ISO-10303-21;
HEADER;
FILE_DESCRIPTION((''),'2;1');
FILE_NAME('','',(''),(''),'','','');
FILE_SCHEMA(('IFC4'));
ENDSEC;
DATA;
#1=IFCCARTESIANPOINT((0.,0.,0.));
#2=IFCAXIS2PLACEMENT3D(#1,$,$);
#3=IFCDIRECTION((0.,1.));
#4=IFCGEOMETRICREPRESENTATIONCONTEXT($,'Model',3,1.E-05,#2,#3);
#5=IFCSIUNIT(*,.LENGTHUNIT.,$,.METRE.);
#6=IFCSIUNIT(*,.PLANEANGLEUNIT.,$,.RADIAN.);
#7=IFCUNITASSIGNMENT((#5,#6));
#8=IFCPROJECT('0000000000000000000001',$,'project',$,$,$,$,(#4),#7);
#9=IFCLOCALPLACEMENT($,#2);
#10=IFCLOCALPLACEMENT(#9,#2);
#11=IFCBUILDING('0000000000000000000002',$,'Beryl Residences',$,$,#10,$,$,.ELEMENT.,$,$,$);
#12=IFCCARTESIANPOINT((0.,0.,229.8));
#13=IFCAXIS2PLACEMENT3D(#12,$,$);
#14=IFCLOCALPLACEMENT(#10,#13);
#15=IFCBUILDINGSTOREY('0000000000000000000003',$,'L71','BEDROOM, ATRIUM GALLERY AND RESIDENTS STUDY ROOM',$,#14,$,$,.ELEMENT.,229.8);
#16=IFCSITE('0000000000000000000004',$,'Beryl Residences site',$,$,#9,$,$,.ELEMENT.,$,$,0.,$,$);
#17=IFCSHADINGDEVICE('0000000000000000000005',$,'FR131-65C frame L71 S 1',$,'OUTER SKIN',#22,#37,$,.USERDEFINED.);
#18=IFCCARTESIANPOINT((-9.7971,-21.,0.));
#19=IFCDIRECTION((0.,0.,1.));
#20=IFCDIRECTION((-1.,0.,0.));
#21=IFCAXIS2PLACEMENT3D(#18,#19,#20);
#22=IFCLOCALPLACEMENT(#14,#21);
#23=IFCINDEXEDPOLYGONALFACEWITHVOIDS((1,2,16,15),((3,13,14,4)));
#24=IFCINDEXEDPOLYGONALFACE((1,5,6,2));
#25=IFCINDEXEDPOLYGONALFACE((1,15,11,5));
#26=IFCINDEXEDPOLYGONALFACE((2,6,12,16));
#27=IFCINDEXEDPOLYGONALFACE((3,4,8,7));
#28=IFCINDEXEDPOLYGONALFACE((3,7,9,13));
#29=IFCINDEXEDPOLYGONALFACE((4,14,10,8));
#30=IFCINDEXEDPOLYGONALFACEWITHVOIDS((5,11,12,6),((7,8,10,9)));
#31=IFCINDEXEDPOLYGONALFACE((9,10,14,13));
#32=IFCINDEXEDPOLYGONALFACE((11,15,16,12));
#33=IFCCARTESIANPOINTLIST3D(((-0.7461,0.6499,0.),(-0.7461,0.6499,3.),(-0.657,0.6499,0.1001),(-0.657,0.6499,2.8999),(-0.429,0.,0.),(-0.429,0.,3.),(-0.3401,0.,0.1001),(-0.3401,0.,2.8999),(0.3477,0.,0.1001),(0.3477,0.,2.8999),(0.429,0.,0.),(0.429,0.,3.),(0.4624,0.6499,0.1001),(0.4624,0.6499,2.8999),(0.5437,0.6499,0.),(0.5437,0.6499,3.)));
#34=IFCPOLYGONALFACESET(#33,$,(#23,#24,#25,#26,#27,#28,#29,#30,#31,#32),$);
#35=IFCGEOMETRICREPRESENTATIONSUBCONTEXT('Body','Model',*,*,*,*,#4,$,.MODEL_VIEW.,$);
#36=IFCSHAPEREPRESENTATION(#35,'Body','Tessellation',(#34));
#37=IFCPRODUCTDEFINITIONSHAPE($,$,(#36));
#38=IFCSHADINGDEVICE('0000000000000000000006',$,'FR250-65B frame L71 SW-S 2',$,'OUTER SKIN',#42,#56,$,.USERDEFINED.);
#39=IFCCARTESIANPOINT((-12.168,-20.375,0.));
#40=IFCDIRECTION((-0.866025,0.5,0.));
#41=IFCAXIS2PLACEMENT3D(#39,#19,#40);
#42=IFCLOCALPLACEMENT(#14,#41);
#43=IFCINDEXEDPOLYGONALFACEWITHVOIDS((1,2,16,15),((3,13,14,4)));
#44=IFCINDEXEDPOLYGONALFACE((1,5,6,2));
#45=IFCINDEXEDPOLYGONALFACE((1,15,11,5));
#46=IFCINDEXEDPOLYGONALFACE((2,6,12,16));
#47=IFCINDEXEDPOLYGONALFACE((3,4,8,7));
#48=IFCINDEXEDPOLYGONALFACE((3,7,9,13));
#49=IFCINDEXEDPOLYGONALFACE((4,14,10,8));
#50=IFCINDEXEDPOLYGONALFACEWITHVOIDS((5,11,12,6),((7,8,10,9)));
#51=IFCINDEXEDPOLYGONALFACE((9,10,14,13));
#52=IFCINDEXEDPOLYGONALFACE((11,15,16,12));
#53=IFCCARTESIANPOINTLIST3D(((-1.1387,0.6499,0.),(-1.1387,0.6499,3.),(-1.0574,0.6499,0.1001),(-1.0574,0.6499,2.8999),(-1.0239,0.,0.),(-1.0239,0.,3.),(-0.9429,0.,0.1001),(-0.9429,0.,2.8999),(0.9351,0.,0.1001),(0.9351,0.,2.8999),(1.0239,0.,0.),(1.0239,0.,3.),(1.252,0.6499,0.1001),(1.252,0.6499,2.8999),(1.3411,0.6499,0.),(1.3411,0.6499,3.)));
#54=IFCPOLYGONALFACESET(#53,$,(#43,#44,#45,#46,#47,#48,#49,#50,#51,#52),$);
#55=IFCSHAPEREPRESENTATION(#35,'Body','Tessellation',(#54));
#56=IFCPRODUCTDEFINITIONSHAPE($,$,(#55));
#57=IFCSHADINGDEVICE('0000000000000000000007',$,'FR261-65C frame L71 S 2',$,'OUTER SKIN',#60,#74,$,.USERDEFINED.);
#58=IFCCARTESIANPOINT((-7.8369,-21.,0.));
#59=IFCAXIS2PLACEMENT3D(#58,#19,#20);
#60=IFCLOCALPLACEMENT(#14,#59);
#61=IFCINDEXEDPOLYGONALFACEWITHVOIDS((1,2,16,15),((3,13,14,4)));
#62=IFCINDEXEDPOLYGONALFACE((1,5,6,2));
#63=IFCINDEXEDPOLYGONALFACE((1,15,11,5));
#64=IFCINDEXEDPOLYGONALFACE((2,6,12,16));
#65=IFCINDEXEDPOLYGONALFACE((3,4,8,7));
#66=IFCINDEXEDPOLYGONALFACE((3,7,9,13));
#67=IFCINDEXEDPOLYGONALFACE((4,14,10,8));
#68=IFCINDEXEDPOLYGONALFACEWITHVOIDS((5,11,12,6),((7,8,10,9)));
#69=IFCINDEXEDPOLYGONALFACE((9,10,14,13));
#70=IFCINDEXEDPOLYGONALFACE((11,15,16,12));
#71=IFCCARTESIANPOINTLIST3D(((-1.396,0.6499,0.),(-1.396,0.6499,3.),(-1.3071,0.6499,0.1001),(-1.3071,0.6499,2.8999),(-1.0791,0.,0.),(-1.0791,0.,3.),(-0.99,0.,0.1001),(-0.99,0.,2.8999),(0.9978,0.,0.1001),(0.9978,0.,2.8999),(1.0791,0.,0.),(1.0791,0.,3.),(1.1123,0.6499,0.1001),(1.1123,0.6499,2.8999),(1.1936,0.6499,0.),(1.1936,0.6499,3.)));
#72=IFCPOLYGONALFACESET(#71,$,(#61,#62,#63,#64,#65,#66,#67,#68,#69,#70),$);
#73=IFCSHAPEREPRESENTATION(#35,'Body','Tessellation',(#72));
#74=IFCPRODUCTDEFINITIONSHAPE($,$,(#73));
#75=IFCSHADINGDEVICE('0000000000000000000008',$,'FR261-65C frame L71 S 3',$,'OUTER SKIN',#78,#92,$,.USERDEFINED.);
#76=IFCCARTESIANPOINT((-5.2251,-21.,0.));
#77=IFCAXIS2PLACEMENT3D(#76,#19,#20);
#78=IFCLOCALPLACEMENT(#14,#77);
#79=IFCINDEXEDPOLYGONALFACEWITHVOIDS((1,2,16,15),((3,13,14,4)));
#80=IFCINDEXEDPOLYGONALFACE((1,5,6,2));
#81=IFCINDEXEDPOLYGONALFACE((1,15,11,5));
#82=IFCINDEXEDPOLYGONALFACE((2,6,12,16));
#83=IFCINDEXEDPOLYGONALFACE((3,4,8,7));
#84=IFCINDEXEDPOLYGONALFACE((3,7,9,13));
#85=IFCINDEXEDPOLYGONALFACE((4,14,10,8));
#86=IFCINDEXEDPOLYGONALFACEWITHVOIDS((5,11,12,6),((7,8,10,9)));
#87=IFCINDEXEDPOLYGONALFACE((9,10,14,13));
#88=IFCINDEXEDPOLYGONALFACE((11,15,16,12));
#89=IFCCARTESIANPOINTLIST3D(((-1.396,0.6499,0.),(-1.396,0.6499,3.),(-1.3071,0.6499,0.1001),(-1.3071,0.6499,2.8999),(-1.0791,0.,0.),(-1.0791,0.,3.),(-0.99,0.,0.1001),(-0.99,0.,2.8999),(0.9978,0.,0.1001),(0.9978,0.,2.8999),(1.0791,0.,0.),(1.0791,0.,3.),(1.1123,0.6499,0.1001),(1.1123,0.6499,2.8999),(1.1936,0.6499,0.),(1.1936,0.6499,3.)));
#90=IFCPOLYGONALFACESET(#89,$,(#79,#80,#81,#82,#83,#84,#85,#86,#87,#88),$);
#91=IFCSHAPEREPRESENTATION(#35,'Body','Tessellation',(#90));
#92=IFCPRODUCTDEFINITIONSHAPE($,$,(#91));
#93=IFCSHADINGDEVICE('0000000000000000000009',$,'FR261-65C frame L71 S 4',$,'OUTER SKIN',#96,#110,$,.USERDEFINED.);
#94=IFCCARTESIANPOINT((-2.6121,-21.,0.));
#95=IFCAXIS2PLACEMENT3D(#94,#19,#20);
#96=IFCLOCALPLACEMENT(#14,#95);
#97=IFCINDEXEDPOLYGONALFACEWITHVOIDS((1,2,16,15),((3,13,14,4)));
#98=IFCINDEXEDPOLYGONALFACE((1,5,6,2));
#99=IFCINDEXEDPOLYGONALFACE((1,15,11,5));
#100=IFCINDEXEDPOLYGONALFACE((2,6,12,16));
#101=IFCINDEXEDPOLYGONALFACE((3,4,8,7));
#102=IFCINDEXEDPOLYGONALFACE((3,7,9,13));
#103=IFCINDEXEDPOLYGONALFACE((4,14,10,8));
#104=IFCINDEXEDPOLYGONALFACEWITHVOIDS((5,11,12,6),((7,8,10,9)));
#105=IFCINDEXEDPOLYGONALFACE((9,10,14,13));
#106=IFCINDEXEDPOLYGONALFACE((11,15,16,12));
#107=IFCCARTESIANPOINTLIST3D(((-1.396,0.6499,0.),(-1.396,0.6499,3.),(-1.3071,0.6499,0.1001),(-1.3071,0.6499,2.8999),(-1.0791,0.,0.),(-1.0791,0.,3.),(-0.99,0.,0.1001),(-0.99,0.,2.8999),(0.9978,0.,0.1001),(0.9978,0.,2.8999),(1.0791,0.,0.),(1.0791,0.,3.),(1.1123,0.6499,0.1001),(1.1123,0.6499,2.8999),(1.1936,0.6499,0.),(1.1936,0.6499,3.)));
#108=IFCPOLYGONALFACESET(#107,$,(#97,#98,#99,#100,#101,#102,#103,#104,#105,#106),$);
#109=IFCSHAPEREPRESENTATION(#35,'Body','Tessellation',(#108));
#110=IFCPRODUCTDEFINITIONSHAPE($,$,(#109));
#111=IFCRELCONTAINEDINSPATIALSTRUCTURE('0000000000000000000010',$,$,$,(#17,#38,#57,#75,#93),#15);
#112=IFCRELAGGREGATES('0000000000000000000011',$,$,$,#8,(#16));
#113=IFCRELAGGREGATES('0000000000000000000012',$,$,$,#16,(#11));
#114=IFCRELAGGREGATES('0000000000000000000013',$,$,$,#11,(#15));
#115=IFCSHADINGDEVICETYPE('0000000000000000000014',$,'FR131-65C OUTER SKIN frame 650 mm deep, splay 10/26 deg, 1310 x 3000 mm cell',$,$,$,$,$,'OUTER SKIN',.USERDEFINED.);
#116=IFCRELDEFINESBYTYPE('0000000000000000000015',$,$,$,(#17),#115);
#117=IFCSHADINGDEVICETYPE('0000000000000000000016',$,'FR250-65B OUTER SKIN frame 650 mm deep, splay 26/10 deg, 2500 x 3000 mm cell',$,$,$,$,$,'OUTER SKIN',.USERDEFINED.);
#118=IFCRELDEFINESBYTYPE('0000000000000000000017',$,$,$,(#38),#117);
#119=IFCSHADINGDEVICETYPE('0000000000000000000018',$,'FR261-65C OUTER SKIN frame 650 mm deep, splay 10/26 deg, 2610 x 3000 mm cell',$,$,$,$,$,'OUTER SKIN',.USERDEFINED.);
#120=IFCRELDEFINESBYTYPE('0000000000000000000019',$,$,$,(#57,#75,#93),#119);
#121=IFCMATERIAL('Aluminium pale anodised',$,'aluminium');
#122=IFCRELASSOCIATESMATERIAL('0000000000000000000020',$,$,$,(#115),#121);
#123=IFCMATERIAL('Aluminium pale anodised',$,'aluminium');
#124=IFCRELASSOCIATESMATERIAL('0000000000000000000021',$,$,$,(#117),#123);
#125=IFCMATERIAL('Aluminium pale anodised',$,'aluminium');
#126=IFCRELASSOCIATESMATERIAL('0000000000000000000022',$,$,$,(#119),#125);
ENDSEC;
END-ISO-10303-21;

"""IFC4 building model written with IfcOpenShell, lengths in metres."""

from ifc_helpers import new_model, entity, si_unit, direction, frame, origin, place, context, subcontext, project, spatial, source, transform, mapped, material, type_object, type_shapes, element, save


model = new_model("IFC4")

# Units and contexts
model_context = context("Model", 3, precision=1e-05, world=origin(), true_north=direction((0.0, 1.0)))
body_context = subcontext(model_context, "Body", "Model", "MODEL_VIEW")
ifc_project = project(units=[si_unit("LENGTHUNIT", "METRE"), si_unit("PLANEANGLEUNIT", "RADIAN")], contexts=[model_context])

# Site, building, storey
site_placement = place(None, origin())
site = spatial("IfcSite", under=ifc_project, at=site_placement, Name="Beryl Residences site", CompositionType="ELEMENT", RefElevation=0.0)
building_placement = place(site_placement, origin())
building = spatial("IfcBuilding", under=site, at=building_placement, Name="Beryl Residences", CompositionType="ELEMENT")
storey_placement = place(building_placement, frame((0.0, 0.0, 229.8)))
storey = spatial("IfcBuildingStorey", under=building, at=storey_placement, Name="L71", Description="BEDROOM, ATRIUM GALLERY AND RESIDENTS STUDY ROOM", CompositionType="ELEMENT", Elevation=229.8)

# Shading devices
ifc_material_1 = material(Name="Aluminium pale anodised", Category="aluminium")
shading_device_type_1 = type_object("IfcShadingDeviceType", Name="FR131-65C OUTER SKIN frame 650 mm deep, splay 10/26 deg, 1310 x 3000 mm cell", ElementType="OUTER SKIN", PredefinedType="USERDEFINED", material=ifc_material_1)
cartesian_point_1 = entity("IfcCartesianPoint", [-0.429, 0.0])
cartesian_point_2 = entity("IfcCartesianPoint", [-0.3477, 0.1001])
cartesian_point_3 = entity("IfcCartesianPoint", [-0.5437, 0.0])
cartesian_point_4 = entity("IfcCartesianPoint", [-0.4624, 0.1001])
shared_shape_1 = source(origin(), body_context, "Body", "SweptSolid", [
    entity("IfcExtrudedAreaSolidTapered", entity("IfcArbitraryProfileDefWithVoids", "AREA", None, entity("IfcPolyline", [cartesian_point_1, entity("IfcCartesianPoint", [0.429, 0.0]), entity("IfcCartesianPoint", [0.429, 3.0]), entity("IfcCartesianPoint", [-0.429, 3.0]), cartesian_point_1]), [entity("IfcPolyline", [cartesian_point_2, entity("IfcCartesianPoint", [0.3401, 0.1001]), entity("IfcCartesianPoint", [0.3401, 2.8999]), entity("IfcCartesianPoint", [-0.3477, 2.8999]), cartesian_point_2])]), entity("IfcAxis2Placement3D", entity("IfcCartesianPoint", [0.0, 0.0, 0.0]), entity("IfcDirection", [0.0, 1.0, 0.0]), entity("IfcDirection", [-1.0, 0.0, 0.0])), entity("IfcDirection", [0.0, 0.0, 1.0]), 0.6499, entity("IfcArbitraryProfileDefWithVoids", "AREA", None, entity("IfcPolyline", [cartesian_point_3, entity("IfcCartesianPoint", [0.7461, 0.0]), entity("IfcCartesianPoint", [0.7461, 3.0]), entity("IfcCartesianPoint", [-0.5437, 3.0]), cartesian_point_3]), [entity("IfcPolyline", [cartesian_point_4, entity("IfcCartesianPoint", [0.657, 0.1001]), entity("IfcCartesianPoint", [0.657, 2.8999]), entity("IfcCartesianPoint", [-0.4624, 2.8999]), cartesian_point_4])])),
])
type_shapes(shading_device_type_1, [shared_shape_1])
shading_device_1_placement = place(storey_placement, frame((-9.7971, -21.0, 0.0), z_axis=(0.0, 0.0, 1.0), x_axis=(-1.0, 0.0, 0.0)))
element("IfcShadingDevice", 1, at=shading_device_1_placement, inside=storey, type_object=shading_device_type_1, Name="FR131-65C frame L71 S 1", ObjectType="OUTER SKIN", PredefinedType="USERDEFINED", context=body_context, shape_type="MappedRepresentation", body=[
    mapped(shared_shape_1, transform((0.0, 0.0, 0.0))),
])
ifc_material_2 = material(Name="Aluminium pale anodised", Category="aluminium")
shading_device_type_2 = type_object("IfcShadingDeviceType", Name="FR250-65B OUTER SKIN frame 650 mm deep, splay 26/10 deg, 2500 x 3000 mm cell", ElementType="OUTER SKIN", PredefinedType="USERDEFINED", material=ifc_material_2)
cartesian_point_5 = entity("IfcCartesianPoint", [-1.0239, 0.0])
cartesian_point_6 = entity("IfcCartesianPoint", [-0.9351, 0.1001])
cartesian_point_7 = entity("IfcCartesianPoint", [-1.3411, 0.0])
cartesian_point_8 = entity("IfcCartesianPoint", [-1.252, 0.1001])
shared_shape_2 = source(origin(), body_context, "Body", "SweptSolid", [
    entity("IfcExtrudedAreaSolidTapered", entity("IfcArbitraryProfileDefWithVoids", "AREA", None, entity("IfcPolyline", [cartesian_point_5, entity("IfcCartesianPoint", [1.0239, 0.0]), entity("IfcCartesianPoint", [1.0239, 3.0]), entity("IfcCartesianPoint", [-1.0239, 3.0]), cartesian_point_5]), [entity("IfcPolyline", [cartesian_point_6, entity("IfcCartesianPoint", [0.9429, 0.1001]), entity("IfcCartesianPoint", [0.9429, 2.8999]), entity("IfcCartesianPoint", [-0.9351, 2.8999]), cartesian_point_6])]), entity("IfcAxis2Placement3D", entity("IfcCartesianPoint", [0.0, 0.0, 0.0]), entity("IfcDirection", [0.0, 1.0, 0.0]), entity("IfcDirection", [-1.0, 0.0, 0.0])), entity("IfcDirection", [0.0, 0.0, 1.0]), 0.6499, entity("IfcArbitraryProfileDefWithVoids", "AREA", None, entity("IfcPolyline", [cartesian_point_7, entity("IfcCartesianPoint", [1.1387, 0.0]), entity("IfcCartesianPoint", [1.1387, 3.0]), entity("IfcCartesianPoint", [-1.3411, 3.0]), cartesian_point_7]), [entity("IfcPolyline", [cartesian_point_8, entity("IfcCartesianPoint", [1.0574, 0.1001]), entity("IfcCartesianPoint", [1.0574, 2.8999]), entity("IfcCartesianPoint", [-1.252, 2.8999]), cartesian_point_8])])),
])
type_shapes(shading_device_type_2, [shared_shape_2])
shading_device_2_placement = place(storey_placement, frame((-12.168, -20.375, 0.0), z_axis=(0.0, 0.0, 1.0), x_axis=(-0.866025, 0.5, 0.0)))
element("IfcShadingDevice", 2, at=shading_device_2_placement, inside=storey, type_object=shading_device_type_2, Name="FR250-65B frame L71 SW-S 2", ObjectType="OUTER SKIN", PredefinedType="USERDEFINED", context=body_context, shape_type="MappedRepresentation", body=[
    mapped(shared_shape_2, transform((0.0, 0.0, 0.0))),
])
ifc_material_3 = material(Name="Aluminium pale anodised", Category="aluminium")
shading_device_type_3 = type_object("IfcShadingDeviceType", Name="FR261-65C OUTER SKIN frame 650 mm deep, splay 10/26 deg, 2610 x 3000 mm cell", ElementType="OUTER SKIN", PredefinedType="USERDEFINED", material=ifc_material_3)
cartesian_point_9 = entity("IfcCartesianPoint", [-1.0791, 0.0])
cartesian_point_10 = entity("IfcCartesianPoint", [-0.9978, 0.1001])
cartesian_point_11 = entity("IfcCartesianPoint", [-1.1936, 0.0])
cartesian_point_12 = entity("IfcCartesianPoint", [-1.1123, 0.1001])
shared_shape_3 = source(origin(), body_context, "Body", "SweptSolid", [
    entity("IfcExtrudedAreaSolidTapered", entity("IfcArbitraryProfileDefWithVoids", "AREA", None, entity("IfcPolyline", [cartesian_point_9, entity("IfcCartesianPoint", [1.0791, 0.0]), entity("IfcCartesianPoint", [1.0791, 3.0]), entity("IfcCartesianPoint", [-1.0791, 3.0]), cartesian_point_9]), [entity("IfcPolyline", [cartesian_point_10, entity("IfcCartesianPoint", [0.99, 0.1001]), entity("IfcCartesianPoint", [0.99, 2.8999]), entity("IfcCartesianPoint", [-0.9978, 2.8999]), cartesian_point_10])]), entity("IfcAxis2Placement3D", entity("IfcCartesianPoint", [0.0, 0.0, 0.0]), entity("IfcDirection", [0.0, 1.0, 0.0]), entity("IfcDirection", [-1.0, 0.0, 0.0])), entity("IfcDirection", [0.0, 0.0, 1.0]), 0.6499, entity("IfcArbitraryProfileDefWithVoids", "AREA", None, entity("IfcPolyline", [cartesian_point_11, entity("IfcCartesianPoint", [1.396, 0.0]), entity("IfcCartesianPoint", [1.396, 3.0]), entity("IfcCartesianPoint", [-1.1936, 3.0]), cartesian_point_11]), [entity("IfcPolyline", [cartesian_point_12, entity("IfcCartesianPoint", [1.3071, 0.1001]), entity("IfcCartesianPoint", [1.3071, 2.8999]), entity("IfcCartesianPoint", [-1.1123, 2.8999]), cartesian_point_12])])),
])
type_shapes(shading_device_type_3, [shared_shape_3])
for number, where, z_axis, x_axis, name in (
    (3, (-7.8369, -21.0, 0.0), (0.0, 0.0, 1.0), (-1.0, 0.0, 0.0), "FR261-65C frame L71 S 2"),
    (4, (-5.2251, -21.0, 0.0), (0.0, 0.0, 1.0), (-1.0, 0.0, 0.0), "FR261-65C frame L71 S 3"),
    (5, (-2.6121, -21.0, 0.0), (0.0, 0.0, 1.0), (-1.0, 0.0, 0.0), "FR261-65C frame L71 S 4"),
):
    element("IfcShadingDevice", number, at=place(storey_placement, frame(where, z_axis=z_axis, x_axis=x_axis)), inside=storey, type_object=shading_device_type_3, Name=name, ObjectType="OUTER SKIN", PredefinedType="USERDEFINED", context=body_context, shape_type="MappedRepresentation", body=[
        mapped(shared_shape_3, transform((0.0, 0.0, 0.0))),
    ])

save(model, "model.ifc")
